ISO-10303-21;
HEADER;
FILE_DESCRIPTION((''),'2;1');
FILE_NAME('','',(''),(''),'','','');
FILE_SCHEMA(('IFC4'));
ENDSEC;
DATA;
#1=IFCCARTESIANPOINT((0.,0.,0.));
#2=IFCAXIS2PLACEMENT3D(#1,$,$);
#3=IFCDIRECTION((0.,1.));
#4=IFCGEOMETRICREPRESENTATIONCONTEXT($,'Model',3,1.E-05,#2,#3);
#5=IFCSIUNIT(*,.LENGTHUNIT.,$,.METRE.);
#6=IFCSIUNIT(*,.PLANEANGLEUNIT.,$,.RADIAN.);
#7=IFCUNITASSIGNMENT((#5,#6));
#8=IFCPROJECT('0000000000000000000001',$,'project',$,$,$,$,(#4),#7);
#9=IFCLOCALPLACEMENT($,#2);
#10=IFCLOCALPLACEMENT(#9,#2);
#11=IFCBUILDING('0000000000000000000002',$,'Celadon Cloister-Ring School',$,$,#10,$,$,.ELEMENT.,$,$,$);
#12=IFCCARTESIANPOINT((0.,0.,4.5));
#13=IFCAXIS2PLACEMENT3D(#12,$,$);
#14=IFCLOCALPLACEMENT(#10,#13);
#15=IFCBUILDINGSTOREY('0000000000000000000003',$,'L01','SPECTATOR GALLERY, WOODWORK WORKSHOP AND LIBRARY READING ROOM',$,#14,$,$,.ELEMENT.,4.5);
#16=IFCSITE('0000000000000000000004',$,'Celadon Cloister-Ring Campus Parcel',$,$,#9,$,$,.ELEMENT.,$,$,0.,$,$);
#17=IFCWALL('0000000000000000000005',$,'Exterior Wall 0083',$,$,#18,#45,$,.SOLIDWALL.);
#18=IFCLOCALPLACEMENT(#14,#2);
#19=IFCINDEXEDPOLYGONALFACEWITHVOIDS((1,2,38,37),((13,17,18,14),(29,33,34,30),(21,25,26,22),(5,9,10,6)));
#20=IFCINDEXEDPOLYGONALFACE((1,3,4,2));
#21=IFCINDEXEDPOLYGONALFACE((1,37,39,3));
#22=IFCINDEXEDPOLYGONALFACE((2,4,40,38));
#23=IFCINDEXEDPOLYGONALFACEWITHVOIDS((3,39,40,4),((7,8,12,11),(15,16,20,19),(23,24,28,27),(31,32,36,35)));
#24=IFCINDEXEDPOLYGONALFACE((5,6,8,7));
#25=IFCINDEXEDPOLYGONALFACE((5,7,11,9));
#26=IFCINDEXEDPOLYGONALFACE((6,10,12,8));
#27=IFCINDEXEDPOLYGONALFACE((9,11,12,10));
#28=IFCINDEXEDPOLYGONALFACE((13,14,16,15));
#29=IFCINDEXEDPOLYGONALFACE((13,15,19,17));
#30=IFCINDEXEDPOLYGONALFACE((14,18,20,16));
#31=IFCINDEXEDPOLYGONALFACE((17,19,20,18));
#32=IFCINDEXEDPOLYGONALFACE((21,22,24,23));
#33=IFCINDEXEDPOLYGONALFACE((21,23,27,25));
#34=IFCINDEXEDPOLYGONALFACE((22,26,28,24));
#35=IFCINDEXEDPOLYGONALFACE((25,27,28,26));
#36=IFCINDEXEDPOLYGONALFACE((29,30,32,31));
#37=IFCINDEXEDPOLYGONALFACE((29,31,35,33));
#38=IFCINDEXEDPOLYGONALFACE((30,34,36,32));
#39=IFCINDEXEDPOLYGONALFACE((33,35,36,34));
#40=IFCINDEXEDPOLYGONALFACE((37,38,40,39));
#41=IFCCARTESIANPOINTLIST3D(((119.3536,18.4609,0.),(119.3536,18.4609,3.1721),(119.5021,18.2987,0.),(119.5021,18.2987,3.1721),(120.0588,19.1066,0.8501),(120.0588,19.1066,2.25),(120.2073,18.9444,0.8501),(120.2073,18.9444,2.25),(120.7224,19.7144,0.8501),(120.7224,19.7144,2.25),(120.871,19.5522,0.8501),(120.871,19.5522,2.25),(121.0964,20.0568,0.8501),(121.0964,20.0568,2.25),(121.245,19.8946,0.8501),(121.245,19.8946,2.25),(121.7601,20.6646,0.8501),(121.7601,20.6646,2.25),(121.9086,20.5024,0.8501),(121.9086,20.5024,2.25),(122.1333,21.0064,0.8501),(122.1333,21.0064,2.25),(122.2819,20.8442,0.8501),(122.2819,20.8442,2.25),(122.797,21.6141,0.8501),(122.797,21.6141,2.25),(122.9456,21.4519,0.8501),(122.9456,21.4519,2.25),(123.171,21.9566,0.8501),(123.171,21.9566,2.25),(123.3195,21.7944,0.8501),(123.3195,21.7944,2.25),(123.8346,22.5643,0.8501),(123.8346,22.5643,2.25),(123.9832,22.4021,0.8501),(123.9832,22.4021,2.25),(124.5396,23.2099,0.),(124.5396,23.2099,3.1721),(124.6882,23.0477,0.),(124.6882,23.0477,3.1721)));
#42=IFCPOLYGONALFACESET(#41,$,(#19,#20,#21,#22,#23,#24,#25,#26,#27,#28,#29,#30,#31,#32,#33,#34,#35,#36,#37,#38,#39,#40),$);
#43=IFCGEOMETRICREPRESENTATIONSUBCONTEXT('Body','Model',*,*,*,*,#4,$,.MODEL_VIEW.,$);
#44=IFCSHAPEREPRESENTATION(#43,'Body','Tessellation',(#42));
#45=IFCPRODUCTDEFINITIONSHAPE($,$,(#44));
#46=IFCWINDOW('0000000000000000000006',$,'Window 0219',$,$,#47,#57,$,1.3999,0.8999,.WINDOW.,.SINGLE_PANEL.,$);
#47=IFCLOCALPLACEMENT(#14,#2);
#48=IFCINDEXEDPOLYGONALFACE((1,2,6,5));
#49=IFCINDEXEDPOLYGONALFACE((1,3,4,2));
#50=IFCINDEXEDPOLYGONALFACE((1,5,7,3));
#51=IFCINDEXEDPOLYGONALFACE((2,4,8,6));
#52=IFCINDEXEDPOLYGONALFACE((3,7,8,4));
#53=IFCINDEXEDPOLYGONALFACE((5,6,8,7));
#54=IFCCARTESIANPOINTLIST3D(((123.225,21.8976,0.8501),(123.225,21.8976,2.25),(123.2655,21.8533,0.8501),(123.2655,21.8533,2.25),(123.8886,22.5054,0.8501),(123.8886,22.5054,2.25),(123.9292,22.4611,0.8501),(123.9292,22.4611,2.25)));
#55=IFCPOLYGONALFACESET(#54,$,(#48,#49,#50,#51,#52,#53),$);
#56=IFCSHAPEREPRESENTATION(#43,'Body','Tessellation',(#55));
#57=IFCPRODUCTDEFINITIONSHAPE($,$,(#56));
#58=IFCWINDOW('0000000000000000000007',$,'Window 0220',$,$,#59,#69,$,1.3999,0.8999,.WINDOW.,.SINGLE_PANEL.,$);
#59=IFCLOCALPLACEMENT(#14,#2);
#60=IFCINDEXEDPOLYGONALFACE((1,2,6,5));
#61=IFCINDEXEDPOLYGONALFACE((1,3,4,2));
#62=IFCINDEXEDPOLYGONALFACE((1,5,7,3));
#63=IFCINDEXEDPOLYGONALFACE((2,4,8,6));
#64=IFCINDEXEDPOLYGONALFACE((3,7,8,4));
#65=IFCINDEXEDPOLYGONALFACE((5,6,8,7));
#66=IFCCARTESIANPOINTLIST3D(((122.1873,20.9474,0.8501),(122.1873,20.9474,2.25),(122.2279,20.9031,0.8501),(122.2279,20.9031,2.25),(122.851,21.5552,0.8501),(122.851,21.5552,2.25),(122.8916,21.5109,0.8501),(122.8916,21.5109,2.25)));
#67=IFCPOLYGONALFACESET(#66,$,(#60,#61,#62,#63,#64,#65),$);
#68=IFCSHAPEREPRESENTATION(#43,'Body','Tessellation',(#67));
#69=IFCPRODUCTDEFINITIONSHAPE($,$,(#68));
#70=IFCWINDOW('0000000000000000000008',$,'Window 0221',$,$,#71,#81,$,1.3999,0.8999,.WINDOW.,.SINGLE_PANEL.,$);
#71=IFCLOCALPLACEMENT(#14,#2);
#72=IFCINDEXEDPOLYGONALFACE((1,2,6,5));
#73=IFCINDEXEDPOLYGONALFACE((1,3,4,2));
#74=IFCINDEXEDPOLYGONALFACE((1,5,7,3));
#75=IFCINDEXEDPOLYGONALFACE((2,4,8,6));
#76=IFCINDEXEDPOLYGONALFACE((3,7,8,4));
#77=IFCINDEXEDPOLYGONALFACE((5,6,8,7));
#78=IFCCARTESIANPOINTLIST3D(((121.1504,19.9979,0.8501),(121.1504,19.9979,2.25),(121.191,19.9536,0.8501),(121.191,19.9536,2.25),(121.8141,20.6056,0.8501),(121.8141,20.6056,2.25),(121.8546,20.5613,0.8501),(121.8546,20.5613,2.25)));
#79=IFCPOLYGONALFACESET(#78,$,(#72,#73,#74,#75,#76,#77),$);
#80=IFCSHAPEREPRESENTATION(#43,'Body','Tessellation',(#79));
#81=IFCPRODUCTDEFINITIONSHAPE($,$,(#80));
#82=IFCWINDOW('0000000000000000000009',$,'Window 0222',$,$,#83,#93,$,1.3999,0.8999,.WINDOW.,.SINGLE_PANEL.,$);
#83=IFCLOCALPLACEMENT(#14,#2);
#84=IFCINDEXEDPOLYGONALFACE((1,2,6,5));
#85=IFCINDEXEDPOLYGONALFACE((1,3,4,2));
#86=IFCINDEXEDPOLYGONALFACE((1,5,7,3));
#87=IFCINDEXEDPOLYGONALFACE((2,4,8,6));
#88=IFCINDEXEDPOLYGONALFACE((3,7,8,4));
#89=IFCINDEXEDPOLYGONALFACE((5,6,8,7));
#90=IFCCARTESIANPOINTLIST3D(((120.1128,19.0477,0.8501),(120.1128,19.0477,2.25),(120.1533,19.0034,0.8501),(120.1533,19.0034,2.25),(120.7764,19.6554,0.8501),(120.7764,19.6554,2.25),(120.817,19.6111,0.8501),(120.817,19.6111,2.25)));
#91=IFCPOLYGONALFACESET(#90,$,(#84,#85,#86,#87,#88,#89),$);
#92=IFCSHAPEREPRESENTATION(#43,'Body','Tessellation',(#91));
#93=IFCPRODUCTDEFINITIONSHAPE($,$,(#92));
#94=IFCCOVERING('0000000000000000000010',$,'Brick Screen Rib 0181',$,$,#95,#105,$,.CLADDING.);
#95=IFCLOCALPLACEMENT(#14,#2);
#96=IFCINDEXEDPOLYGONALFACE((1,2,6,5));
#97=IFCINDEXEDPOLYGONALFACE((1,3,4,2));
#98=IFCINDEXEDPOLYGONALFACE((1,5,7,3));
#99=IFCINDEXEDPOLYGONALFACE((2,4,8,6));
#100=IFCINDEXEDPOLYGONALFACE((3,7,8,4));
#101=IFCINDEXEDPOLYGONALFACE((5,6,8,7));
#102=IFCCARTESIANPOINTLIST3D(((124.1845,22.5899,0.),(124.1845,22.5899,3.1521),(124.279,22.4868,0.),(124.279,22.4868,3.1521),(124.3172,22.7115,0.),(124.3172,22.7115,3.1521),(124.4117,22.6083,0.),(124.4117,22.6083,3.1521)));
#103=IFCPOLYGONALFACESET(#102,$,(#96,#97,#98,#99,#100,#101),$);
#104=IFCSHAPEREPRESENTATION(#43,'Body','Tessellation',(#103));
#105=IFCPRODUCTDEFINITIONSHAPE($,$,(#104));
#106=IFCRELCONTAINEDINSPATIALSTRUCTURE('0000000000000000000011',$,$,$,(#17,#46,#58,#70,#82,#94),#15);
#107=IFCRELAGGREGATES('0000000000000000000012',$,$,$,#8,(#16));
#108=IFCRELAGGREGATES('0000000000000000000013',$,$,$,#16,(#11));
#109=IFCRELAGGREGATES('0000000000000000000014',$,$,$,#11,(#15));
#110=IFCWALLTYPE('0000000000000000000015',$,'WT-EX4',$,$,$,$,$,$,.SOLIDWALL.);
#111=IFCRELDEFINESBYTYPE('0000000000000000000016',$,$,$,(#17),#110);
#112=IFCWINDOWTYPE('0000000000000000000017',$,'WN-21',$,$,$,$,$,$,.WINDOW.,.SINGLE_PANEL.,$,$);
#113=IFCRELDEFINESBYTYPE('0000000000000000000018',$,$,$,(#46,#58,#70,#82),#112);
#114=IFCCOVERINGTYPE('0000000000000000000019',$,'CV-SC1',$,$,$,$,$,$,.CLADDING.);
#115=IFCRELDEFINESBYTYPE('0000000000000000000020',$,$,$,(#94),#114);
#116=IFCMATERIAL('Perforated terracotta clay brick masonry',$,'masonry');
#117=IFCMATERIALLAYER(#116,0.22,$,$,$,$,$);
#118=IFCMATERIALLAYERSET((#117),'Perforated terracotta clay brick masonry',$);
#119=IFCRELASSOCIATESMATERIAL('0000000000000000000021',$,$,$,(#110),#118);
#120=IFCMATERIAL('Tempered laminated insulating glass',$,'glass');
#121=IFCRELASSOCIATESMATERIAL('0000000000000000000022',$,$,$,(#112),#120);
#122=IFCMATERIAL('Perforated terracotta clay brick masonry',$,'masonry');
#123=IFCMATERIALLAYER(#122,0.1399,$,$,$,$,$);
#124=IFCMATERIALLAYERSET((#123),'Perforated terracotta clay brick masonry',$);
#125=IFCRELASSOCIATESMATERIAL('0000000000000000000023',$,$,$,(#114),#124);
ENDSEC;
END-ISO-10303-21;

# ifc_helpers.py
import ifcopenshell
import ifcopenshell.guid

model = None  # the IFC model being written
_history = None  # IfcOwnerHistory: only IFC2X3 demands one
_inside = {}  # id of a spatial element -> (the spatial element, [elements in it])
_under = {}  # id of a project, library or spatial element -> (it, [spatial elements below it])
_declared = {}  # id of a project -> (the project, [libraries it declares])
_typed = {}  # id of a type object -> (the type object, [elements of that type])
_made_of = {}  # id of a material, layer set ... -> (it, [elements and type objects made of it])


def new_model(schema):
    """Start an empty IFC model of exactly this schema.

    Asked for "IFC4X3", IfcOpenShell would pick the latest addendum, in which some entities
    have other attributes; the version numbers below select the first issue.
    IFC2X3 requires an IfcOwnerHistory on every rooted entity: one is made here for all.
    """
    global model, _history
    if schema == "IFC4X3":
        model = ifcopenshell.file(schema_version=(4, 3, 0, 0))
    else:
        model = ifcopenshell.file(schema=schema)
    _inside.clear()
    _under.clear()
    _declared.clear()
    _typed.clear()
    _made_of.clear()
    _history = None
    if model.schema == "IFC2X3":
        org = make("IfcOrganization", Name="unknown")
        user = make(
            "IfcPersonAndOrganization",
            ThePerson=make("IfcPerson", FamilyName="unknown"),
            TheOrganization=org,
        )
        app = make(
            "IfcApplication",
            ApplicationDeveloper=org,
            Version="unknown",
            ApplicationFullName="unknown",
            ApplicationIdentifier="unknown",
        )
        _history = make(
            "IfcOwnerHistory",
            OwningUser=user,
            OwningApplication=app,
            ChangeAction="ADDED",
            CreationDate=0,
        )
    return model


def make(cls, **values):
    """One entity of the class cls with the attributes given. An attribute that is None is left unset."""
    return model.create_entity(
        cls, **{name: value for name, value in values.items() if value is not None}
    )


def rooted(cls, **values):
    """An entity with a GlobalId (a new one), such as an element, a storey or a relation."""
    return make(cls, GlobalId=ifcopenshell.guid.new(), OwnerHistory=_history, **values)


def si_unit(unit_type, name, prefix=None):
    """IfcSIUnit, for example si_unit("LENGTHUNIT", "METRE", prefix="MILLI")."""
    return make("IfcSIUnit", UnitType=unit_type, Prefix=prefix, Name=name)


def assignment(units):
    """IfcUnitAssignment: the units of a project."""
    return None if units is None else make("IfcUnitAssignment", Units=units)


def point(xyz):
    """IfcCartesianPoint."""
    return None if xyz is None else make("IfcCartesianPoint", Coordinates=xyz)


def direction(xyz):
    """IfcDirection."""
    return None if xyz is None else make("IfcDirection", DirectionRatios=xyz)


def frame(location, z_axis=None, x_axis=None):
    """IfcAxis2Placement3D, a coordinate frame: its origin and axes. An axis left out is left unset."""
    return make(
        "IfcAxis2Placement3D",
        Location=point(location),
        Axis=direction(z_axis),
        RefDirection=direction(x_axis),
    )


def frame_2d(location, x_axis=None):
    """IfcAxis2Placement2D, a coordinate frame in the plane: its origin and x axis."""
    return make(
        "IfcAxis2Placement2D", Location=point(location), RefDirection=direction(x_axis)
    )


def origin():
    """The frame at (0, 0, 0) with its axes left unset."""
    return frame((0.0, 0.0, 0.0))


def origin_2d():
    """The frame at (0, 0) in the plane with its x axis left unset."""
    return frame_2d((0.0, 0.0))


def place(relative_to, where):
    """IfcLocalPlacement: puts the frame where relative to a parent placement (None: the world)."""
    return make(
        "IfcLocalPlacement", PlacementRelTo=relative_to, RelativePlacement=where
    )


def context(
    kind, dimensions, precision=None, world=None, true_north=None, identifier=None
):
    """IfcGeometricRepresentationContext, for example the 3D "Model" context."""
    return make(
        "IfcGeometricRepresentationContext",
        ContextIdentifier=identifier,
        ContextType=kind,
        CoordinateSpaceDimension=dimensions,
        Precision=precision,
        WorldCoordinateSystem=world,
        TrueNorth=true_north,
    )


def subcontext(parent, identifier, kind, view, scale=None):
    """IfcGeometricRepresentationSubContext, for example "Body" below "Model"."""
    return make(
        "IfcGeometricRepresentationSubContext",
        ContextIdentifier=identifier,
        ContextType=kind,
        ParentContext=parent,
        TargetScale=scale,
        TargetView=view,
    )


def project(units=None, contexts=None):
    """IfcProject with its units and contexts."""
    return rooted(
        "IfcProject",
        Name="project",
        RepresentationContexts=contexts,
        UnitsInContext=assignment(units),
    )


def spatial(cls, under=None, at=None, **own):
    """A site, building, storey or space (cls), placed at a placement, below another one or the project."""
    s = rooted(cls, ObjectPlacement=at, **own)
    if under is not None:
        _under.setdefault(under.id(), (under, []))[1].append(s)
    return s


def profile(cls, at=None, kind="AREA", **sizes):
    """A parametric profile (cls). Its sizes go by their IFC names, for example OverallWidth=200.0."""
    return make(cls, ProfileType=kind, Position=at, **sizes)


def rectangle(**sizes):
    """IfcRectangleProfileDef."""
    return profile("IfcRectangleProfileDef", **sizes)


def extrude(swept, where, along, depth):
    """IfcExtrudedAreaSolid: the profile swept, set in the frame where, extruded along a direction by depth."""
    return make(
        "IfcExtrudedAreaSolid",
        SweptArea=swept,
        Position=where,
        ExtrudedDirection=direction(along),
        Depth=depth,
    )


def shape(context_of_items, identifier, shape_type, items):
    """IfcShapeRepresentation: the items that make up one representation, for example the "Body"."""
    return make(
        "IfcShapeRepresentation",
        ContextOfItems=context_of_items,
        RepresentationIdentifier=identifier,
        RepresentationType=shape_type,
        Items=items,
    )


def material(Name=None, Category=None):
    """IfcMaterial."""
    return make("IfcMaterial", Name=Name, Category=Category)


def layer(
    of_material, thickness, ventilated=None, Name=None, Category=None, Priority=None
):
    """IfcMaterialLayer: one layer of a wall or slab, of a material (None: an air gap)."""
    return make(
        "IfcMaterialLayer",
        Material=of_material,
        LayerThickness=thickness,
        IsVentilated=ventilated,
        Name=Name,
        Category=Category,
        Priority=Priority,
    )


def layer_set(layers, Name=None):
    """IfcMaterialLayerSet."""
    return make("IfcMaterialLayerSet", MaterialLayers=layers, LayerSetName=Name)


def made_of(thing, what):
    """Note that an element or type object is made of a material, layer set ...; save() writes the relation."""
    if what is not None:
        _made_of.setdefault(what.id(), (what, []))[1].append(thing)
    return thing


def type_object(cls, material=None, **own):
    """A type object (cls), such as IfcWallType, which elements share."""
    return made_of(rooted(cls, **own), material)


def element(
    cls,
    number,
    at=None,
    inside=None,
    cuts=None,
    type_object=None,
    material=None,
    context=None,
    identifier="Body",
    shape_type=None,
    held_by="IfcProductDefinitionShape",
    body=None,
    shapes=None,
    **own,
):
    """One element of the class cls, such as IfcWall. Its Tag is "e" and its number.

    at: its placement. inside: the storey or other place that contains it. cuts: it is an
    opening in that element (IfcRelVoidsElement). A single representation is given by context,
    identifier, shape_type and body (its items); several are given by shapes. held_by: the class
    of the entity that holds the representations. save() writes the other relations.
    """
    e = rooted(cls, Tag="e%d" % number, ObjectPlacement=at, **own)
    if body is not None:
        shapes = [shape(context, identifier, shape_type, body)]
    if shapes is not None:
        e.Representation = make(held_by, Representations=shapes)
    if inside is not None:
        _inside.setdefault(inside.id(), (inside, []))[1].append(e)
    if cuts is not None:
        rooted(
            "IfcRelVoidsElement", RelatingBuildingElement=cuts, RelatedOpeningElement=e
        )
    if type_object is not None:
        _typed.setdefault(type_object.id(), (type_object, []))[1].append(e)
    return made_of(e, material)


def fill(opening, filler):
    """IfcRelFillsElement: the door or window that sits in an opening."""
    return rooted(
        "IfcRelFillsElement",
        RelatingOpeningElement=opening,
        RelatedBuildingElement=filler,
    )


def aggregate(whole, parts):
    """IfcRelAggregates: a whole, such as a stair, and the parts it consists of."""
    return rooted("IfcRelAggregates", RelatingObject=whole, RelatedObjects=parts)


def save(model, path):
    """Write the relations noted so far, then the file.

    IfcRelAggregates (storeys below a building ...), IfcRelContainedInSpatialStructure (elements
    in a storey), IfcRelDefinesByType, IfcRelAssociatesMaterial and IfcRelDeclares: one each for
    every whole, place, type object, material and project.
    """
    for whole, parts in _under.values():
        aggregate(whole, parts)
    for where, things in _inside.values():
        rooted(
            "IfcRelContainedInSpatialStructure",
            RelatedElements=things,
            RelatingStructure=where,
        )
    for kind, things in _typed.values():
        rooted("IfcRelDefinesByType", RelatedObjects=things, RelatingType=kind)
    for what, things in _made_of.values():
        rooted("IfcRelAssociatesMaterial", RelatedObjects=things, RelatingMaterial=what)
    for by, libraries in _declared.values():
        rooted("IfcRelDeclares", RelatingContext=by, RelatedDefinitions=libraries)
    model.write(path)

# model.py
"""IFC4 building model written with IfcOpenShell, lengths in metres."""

from ifc_helpers import new_model, si_unit, direction, frame, frame_2d, origin, origin_2d, place, context, subcontext, project, spatial, rectangle, extrude, material, layer, layer_set, type_object, element, fill, save


model = new_model("IFC4")

# Units and contexts
model_context = context("Model", 3, precision=1e-05, world=origin(), true_north=direction((0.0, 1.0)))
body_context = subcontext(model_context, "Body", "Model", "MODEL_VIEW")
ifc_project = project(units=[si_unit("LENGTHUNIT", "METRE"), si_unit("PLANEANGLEUNIT", "RADIAN")], contexts=[model_context])

# Site, building, storey
site_placement = place(None, origin())
site = spatial("IfcSite", under=ifc_project, at=site_placement, Name="Celadon Cloister-Ring Campus Parcel", CompositionType="ELEMENT", RefElevation=0.0)
building_placement = place(site_placement, origin())
building = spatial("IfcBuilding", under=site, at=building_placement, Name="Celadon Cloister-Ring School", CompositionType="ELEMENT")
storey_placement = place(building_placement, frame((0.0, 0.0, 4.5)))
storey = spatial("IfcBuildingStorey", under=building, at=storey_placement, Name="L01", Description="SPECTATOR GALLERY, WOODWORK WORKSHOP AND LIBRARY READING ROOM", CompositionType="ELEMENT", Elevation=4.5)

# Wall, openings, windows
ifc_material_1 = material(Name="Perforated terracotta clay brick masonry", Category="masonry")
ifc_layer_1 = layer(ifc_material_1, 0.22)
ifc_layer_set_1 = layer_set([ifc_layer_1], Name="Perforated terracotta clay brick masonry")
wall_type = type_object("IfcWallType", Name="WT-EX4", PredefinedType="SOLIDWALL", material=ifc_layer_set_1)
wall_placement = place(storey_placement, frame((124.614, 23.1289, 0.0), z_axis=(0.0, 0.0, 1.0), x_axis=(-0.737497, -0.67535, 0.0)))
wall = element("IfcWall", 1, at=wall_placement, inside=storey, type_object=wall_type, Name="Exterior Wall 0083", PredefinedType="SOLIDWALL", context=body_context, shape_type="SweptSolid", body=[
    extrude(rectangle(XDim=7.032, YDim=0.22, at=frame_2d((3.5161, 0.0))), origin(), (0.0, 0.0, 1.0), 3.1721),
])
opening_1_placement = place(wall_placement, frame((0.9561, 0.0, 0.8501)))
opening_1 = element("IfcOpeningElement", 2, at=opening_1_placement, cuts=wall, PredefinedType="OPENING", context=body_context, shape_type="SweptSolid", body=[
    extrude(rectangle(XDim=0.8999, YDim=1.3999, at=frame_2d((0.45, 0.7))), frame((0.0, 0.1201, 0.0), z_axis=(0.0, -1.0, 0.0), x_axis=(1.0, 0.0, 0.0)), (0.0, 0.0, 1.0), 0.24),
])
opening_2_placement = place(wall_placement, frame((2.363, 0.0, 0.8501)))
opening_2 = element("IfcOpeningElement", 3, at=opening_2_placement, cuts=wall, PredefinedType="OPENING", context=body_context, shape_type="SweptSolid", body=[
    extrude(rectangle(XDim=0.8999, YDim=1.3999, at=frame_2d((0.45, 0.7))), frame((0.0, 0.1201, 0.0), z_axis=(0.0, -1.0, 0.0), x_axis=(1.0, 0.0, 0.0)), (0.0, 0.0, 1.0), 0.24),
])
opening_3_placement = place(wall_placement, frame((3.769, 0.0, 0.8501)))
opening_3 = element("IfcOpeningElement", 4, at=opening_3_placement, cuts=wall, PredefinedType="OPENING", context=body_context, shape_type="SweptSolid", body=[
    extrude(rectangle(XDim=0.8999, YDim=1.3999, at=frame_2d((0.45, 0.7))), frame((0.0, 0.1201, 0.0), z_axis=(0.0, -1.0, 0.0), x_axis=(1.0, 0.0, 0.0)), (0.0, 0.0, 1.0), 0.24),
])
opening_4_placement = place(wall_placement, frame((5.176, 0.0, 0.8501)))
opening_4 = element("IfcOpeningElement", 5, at=opening_4_placement, cuts=wall, PredefinedType="OPENING", context=body_context, shape_type="SweptSolid", body=[
    extrude(rectangle(XDim=0.8999, YDim=1.3999, at=frame_2d((0.45, 0.7))), frame((0.0, 0.1201, 0.0), z_axis=(0.0, -1.0, 0.0), x_axis=(1.0, 0.0, 0.0)), (0.0, 0.0, 1.0), 0.24),
])
ifc_material_2 = material(Name="Tempered laminated insulating glass", Category="glass")
window_type = type_object("IfcWindowType", Name="WN-21", PartitioningType="SINGLE_PANEL", PredefinedType="WINDOW", material=ifc_material_2)
window_1_placement = place(opening_1_placement, origin())
window_1 = element("IfcWindow", 6, at=window_1_placement, inside=storey, type_object=window_type, Name="Window 0219", OverallHeight=1.3999, OverallWidth=0.8999, PartitioningType="SINGLE_PANEL", PredefinedType="WINDOW", context=body_context, shape_type="SweptSolid", body=[
    extrude(rectangle(XDim=0.8999, YDim=1.3999, at=frame_2d((0.45, 0.7))), frame((0.0, 0.03, 0.0), z_axis=(0.0, -1.0, 0.0), x_axis=(1.0, 0.0, 0.0)), (0.0, 0.0, 1.0), 0.0601),
])
fill(opening_1, window_1)
window_2_placement = place(opening_2_placement, origin())
window_2 = element("IfcWindow", 7, at=window_2_placement, inside=storey, type_object=window_type, Name="Window 0220", OverallHeight=1.3999, OverallWidth=0.8999, PartitioningType="SINGLE_PANEL", PredefinedType="WINDOW", context=body_context, shape_type="SweptSolid", body=[
    extrude(rectangle(XDim=0.8999, YDim=1.3999, at=frame_2d((0.45, 0.7))), frame((0.0, 0.03, 0.0), z_axis=(0.0, -1.0, 0.0), x_axis=(1.0, 0.0, 0.0)), (0.0, 0.0, 1.0), 0.0601),
])
fill(opening_2, window_2)
window_3_placement = place(opening_3_placement, origin())
window_3 = element("IfcWindow", 8, at=window_3_placement, inside=storey, type_object=window_type, Name="Window 0221", OverallHeight=1.3999, OverallWidth=0.8999, PartitioningType="SINGLE_PANEL", PredefinedType="WINDOW", context=body_context, shape_type="SweptSolid", body=[
    extrude(rectangle(XDim=0.8999, YDim=1.3999, at=frame_2d((0.45, 0.7))), frame((0.0, 0.03, 0.0), z_axis=(0.0, -1.0, 0.0), x_axis=(1.0, 0.0, 0.0)), (0.0, 0.0, 1.0), 0.0601),
])
fill(opening_3, window_3)
window_4_placement = place(opening_4_placement, origin())
window_4 = element("IfcWindow", 9, at=window_4_placement, inside=storey, type_object=window_type, Name="Window 0222", OverallHeight=1.3999, OverallWidth=0.8999, PartitioningType="SINGLE_PANEL", PredefinedType="WINDOW", context=body_context, shape_type="SweptSolid", body=[
    extrude(rectangle(XDim=0.8999, YDim=1.3999, at=frame_2d((0.45, 0.7))), frame((0.0, 0.03, 0.0), z_axis=(0.0, -1.0, 0.0), x_axis=(1.0, 0.0, 0.0)), (0.0, 0.0, 1.0), 0.0601),
])
fill(opening_4, window_4)

# Covering
ifc_material_3 = material(Name="Perforated terracotta clay brick masonry", Category="masonry")
ifc_layer_2 = layer(ifc_material_3, 0.1399)
ifc_layer_set_2 = layer_set([ifc_layer_2], Name="Perforated terracotta clay brick masonry")
covering_type = type_object("IfcCoveringType", Name="CV-SC1", PredefinedType="CLADDING", material=ifc_layer_set_2)
covering_placement = place(storey_placement, frame((124.2981, 22.5991, 0.0), z_axis=(0.0, 0.0, 1.0), x_axis=(-0.737501, -0.675346, 0.0)))
element("IfcCovering", 10, at=covering_placement, inside=storey, type_object=covering_type, Name="Brick Screen Rib 0181", PredefinedType="CLADDING", context=body_context, shape_type="SweptSolid", body=[
    extrude(rectangle(XDim=0.1799, YDim=0.1399, at=origin_2d()), origin(), (0.0, 0.0, 1.0), 3.1521),
])

save(model, "model.ifc")
